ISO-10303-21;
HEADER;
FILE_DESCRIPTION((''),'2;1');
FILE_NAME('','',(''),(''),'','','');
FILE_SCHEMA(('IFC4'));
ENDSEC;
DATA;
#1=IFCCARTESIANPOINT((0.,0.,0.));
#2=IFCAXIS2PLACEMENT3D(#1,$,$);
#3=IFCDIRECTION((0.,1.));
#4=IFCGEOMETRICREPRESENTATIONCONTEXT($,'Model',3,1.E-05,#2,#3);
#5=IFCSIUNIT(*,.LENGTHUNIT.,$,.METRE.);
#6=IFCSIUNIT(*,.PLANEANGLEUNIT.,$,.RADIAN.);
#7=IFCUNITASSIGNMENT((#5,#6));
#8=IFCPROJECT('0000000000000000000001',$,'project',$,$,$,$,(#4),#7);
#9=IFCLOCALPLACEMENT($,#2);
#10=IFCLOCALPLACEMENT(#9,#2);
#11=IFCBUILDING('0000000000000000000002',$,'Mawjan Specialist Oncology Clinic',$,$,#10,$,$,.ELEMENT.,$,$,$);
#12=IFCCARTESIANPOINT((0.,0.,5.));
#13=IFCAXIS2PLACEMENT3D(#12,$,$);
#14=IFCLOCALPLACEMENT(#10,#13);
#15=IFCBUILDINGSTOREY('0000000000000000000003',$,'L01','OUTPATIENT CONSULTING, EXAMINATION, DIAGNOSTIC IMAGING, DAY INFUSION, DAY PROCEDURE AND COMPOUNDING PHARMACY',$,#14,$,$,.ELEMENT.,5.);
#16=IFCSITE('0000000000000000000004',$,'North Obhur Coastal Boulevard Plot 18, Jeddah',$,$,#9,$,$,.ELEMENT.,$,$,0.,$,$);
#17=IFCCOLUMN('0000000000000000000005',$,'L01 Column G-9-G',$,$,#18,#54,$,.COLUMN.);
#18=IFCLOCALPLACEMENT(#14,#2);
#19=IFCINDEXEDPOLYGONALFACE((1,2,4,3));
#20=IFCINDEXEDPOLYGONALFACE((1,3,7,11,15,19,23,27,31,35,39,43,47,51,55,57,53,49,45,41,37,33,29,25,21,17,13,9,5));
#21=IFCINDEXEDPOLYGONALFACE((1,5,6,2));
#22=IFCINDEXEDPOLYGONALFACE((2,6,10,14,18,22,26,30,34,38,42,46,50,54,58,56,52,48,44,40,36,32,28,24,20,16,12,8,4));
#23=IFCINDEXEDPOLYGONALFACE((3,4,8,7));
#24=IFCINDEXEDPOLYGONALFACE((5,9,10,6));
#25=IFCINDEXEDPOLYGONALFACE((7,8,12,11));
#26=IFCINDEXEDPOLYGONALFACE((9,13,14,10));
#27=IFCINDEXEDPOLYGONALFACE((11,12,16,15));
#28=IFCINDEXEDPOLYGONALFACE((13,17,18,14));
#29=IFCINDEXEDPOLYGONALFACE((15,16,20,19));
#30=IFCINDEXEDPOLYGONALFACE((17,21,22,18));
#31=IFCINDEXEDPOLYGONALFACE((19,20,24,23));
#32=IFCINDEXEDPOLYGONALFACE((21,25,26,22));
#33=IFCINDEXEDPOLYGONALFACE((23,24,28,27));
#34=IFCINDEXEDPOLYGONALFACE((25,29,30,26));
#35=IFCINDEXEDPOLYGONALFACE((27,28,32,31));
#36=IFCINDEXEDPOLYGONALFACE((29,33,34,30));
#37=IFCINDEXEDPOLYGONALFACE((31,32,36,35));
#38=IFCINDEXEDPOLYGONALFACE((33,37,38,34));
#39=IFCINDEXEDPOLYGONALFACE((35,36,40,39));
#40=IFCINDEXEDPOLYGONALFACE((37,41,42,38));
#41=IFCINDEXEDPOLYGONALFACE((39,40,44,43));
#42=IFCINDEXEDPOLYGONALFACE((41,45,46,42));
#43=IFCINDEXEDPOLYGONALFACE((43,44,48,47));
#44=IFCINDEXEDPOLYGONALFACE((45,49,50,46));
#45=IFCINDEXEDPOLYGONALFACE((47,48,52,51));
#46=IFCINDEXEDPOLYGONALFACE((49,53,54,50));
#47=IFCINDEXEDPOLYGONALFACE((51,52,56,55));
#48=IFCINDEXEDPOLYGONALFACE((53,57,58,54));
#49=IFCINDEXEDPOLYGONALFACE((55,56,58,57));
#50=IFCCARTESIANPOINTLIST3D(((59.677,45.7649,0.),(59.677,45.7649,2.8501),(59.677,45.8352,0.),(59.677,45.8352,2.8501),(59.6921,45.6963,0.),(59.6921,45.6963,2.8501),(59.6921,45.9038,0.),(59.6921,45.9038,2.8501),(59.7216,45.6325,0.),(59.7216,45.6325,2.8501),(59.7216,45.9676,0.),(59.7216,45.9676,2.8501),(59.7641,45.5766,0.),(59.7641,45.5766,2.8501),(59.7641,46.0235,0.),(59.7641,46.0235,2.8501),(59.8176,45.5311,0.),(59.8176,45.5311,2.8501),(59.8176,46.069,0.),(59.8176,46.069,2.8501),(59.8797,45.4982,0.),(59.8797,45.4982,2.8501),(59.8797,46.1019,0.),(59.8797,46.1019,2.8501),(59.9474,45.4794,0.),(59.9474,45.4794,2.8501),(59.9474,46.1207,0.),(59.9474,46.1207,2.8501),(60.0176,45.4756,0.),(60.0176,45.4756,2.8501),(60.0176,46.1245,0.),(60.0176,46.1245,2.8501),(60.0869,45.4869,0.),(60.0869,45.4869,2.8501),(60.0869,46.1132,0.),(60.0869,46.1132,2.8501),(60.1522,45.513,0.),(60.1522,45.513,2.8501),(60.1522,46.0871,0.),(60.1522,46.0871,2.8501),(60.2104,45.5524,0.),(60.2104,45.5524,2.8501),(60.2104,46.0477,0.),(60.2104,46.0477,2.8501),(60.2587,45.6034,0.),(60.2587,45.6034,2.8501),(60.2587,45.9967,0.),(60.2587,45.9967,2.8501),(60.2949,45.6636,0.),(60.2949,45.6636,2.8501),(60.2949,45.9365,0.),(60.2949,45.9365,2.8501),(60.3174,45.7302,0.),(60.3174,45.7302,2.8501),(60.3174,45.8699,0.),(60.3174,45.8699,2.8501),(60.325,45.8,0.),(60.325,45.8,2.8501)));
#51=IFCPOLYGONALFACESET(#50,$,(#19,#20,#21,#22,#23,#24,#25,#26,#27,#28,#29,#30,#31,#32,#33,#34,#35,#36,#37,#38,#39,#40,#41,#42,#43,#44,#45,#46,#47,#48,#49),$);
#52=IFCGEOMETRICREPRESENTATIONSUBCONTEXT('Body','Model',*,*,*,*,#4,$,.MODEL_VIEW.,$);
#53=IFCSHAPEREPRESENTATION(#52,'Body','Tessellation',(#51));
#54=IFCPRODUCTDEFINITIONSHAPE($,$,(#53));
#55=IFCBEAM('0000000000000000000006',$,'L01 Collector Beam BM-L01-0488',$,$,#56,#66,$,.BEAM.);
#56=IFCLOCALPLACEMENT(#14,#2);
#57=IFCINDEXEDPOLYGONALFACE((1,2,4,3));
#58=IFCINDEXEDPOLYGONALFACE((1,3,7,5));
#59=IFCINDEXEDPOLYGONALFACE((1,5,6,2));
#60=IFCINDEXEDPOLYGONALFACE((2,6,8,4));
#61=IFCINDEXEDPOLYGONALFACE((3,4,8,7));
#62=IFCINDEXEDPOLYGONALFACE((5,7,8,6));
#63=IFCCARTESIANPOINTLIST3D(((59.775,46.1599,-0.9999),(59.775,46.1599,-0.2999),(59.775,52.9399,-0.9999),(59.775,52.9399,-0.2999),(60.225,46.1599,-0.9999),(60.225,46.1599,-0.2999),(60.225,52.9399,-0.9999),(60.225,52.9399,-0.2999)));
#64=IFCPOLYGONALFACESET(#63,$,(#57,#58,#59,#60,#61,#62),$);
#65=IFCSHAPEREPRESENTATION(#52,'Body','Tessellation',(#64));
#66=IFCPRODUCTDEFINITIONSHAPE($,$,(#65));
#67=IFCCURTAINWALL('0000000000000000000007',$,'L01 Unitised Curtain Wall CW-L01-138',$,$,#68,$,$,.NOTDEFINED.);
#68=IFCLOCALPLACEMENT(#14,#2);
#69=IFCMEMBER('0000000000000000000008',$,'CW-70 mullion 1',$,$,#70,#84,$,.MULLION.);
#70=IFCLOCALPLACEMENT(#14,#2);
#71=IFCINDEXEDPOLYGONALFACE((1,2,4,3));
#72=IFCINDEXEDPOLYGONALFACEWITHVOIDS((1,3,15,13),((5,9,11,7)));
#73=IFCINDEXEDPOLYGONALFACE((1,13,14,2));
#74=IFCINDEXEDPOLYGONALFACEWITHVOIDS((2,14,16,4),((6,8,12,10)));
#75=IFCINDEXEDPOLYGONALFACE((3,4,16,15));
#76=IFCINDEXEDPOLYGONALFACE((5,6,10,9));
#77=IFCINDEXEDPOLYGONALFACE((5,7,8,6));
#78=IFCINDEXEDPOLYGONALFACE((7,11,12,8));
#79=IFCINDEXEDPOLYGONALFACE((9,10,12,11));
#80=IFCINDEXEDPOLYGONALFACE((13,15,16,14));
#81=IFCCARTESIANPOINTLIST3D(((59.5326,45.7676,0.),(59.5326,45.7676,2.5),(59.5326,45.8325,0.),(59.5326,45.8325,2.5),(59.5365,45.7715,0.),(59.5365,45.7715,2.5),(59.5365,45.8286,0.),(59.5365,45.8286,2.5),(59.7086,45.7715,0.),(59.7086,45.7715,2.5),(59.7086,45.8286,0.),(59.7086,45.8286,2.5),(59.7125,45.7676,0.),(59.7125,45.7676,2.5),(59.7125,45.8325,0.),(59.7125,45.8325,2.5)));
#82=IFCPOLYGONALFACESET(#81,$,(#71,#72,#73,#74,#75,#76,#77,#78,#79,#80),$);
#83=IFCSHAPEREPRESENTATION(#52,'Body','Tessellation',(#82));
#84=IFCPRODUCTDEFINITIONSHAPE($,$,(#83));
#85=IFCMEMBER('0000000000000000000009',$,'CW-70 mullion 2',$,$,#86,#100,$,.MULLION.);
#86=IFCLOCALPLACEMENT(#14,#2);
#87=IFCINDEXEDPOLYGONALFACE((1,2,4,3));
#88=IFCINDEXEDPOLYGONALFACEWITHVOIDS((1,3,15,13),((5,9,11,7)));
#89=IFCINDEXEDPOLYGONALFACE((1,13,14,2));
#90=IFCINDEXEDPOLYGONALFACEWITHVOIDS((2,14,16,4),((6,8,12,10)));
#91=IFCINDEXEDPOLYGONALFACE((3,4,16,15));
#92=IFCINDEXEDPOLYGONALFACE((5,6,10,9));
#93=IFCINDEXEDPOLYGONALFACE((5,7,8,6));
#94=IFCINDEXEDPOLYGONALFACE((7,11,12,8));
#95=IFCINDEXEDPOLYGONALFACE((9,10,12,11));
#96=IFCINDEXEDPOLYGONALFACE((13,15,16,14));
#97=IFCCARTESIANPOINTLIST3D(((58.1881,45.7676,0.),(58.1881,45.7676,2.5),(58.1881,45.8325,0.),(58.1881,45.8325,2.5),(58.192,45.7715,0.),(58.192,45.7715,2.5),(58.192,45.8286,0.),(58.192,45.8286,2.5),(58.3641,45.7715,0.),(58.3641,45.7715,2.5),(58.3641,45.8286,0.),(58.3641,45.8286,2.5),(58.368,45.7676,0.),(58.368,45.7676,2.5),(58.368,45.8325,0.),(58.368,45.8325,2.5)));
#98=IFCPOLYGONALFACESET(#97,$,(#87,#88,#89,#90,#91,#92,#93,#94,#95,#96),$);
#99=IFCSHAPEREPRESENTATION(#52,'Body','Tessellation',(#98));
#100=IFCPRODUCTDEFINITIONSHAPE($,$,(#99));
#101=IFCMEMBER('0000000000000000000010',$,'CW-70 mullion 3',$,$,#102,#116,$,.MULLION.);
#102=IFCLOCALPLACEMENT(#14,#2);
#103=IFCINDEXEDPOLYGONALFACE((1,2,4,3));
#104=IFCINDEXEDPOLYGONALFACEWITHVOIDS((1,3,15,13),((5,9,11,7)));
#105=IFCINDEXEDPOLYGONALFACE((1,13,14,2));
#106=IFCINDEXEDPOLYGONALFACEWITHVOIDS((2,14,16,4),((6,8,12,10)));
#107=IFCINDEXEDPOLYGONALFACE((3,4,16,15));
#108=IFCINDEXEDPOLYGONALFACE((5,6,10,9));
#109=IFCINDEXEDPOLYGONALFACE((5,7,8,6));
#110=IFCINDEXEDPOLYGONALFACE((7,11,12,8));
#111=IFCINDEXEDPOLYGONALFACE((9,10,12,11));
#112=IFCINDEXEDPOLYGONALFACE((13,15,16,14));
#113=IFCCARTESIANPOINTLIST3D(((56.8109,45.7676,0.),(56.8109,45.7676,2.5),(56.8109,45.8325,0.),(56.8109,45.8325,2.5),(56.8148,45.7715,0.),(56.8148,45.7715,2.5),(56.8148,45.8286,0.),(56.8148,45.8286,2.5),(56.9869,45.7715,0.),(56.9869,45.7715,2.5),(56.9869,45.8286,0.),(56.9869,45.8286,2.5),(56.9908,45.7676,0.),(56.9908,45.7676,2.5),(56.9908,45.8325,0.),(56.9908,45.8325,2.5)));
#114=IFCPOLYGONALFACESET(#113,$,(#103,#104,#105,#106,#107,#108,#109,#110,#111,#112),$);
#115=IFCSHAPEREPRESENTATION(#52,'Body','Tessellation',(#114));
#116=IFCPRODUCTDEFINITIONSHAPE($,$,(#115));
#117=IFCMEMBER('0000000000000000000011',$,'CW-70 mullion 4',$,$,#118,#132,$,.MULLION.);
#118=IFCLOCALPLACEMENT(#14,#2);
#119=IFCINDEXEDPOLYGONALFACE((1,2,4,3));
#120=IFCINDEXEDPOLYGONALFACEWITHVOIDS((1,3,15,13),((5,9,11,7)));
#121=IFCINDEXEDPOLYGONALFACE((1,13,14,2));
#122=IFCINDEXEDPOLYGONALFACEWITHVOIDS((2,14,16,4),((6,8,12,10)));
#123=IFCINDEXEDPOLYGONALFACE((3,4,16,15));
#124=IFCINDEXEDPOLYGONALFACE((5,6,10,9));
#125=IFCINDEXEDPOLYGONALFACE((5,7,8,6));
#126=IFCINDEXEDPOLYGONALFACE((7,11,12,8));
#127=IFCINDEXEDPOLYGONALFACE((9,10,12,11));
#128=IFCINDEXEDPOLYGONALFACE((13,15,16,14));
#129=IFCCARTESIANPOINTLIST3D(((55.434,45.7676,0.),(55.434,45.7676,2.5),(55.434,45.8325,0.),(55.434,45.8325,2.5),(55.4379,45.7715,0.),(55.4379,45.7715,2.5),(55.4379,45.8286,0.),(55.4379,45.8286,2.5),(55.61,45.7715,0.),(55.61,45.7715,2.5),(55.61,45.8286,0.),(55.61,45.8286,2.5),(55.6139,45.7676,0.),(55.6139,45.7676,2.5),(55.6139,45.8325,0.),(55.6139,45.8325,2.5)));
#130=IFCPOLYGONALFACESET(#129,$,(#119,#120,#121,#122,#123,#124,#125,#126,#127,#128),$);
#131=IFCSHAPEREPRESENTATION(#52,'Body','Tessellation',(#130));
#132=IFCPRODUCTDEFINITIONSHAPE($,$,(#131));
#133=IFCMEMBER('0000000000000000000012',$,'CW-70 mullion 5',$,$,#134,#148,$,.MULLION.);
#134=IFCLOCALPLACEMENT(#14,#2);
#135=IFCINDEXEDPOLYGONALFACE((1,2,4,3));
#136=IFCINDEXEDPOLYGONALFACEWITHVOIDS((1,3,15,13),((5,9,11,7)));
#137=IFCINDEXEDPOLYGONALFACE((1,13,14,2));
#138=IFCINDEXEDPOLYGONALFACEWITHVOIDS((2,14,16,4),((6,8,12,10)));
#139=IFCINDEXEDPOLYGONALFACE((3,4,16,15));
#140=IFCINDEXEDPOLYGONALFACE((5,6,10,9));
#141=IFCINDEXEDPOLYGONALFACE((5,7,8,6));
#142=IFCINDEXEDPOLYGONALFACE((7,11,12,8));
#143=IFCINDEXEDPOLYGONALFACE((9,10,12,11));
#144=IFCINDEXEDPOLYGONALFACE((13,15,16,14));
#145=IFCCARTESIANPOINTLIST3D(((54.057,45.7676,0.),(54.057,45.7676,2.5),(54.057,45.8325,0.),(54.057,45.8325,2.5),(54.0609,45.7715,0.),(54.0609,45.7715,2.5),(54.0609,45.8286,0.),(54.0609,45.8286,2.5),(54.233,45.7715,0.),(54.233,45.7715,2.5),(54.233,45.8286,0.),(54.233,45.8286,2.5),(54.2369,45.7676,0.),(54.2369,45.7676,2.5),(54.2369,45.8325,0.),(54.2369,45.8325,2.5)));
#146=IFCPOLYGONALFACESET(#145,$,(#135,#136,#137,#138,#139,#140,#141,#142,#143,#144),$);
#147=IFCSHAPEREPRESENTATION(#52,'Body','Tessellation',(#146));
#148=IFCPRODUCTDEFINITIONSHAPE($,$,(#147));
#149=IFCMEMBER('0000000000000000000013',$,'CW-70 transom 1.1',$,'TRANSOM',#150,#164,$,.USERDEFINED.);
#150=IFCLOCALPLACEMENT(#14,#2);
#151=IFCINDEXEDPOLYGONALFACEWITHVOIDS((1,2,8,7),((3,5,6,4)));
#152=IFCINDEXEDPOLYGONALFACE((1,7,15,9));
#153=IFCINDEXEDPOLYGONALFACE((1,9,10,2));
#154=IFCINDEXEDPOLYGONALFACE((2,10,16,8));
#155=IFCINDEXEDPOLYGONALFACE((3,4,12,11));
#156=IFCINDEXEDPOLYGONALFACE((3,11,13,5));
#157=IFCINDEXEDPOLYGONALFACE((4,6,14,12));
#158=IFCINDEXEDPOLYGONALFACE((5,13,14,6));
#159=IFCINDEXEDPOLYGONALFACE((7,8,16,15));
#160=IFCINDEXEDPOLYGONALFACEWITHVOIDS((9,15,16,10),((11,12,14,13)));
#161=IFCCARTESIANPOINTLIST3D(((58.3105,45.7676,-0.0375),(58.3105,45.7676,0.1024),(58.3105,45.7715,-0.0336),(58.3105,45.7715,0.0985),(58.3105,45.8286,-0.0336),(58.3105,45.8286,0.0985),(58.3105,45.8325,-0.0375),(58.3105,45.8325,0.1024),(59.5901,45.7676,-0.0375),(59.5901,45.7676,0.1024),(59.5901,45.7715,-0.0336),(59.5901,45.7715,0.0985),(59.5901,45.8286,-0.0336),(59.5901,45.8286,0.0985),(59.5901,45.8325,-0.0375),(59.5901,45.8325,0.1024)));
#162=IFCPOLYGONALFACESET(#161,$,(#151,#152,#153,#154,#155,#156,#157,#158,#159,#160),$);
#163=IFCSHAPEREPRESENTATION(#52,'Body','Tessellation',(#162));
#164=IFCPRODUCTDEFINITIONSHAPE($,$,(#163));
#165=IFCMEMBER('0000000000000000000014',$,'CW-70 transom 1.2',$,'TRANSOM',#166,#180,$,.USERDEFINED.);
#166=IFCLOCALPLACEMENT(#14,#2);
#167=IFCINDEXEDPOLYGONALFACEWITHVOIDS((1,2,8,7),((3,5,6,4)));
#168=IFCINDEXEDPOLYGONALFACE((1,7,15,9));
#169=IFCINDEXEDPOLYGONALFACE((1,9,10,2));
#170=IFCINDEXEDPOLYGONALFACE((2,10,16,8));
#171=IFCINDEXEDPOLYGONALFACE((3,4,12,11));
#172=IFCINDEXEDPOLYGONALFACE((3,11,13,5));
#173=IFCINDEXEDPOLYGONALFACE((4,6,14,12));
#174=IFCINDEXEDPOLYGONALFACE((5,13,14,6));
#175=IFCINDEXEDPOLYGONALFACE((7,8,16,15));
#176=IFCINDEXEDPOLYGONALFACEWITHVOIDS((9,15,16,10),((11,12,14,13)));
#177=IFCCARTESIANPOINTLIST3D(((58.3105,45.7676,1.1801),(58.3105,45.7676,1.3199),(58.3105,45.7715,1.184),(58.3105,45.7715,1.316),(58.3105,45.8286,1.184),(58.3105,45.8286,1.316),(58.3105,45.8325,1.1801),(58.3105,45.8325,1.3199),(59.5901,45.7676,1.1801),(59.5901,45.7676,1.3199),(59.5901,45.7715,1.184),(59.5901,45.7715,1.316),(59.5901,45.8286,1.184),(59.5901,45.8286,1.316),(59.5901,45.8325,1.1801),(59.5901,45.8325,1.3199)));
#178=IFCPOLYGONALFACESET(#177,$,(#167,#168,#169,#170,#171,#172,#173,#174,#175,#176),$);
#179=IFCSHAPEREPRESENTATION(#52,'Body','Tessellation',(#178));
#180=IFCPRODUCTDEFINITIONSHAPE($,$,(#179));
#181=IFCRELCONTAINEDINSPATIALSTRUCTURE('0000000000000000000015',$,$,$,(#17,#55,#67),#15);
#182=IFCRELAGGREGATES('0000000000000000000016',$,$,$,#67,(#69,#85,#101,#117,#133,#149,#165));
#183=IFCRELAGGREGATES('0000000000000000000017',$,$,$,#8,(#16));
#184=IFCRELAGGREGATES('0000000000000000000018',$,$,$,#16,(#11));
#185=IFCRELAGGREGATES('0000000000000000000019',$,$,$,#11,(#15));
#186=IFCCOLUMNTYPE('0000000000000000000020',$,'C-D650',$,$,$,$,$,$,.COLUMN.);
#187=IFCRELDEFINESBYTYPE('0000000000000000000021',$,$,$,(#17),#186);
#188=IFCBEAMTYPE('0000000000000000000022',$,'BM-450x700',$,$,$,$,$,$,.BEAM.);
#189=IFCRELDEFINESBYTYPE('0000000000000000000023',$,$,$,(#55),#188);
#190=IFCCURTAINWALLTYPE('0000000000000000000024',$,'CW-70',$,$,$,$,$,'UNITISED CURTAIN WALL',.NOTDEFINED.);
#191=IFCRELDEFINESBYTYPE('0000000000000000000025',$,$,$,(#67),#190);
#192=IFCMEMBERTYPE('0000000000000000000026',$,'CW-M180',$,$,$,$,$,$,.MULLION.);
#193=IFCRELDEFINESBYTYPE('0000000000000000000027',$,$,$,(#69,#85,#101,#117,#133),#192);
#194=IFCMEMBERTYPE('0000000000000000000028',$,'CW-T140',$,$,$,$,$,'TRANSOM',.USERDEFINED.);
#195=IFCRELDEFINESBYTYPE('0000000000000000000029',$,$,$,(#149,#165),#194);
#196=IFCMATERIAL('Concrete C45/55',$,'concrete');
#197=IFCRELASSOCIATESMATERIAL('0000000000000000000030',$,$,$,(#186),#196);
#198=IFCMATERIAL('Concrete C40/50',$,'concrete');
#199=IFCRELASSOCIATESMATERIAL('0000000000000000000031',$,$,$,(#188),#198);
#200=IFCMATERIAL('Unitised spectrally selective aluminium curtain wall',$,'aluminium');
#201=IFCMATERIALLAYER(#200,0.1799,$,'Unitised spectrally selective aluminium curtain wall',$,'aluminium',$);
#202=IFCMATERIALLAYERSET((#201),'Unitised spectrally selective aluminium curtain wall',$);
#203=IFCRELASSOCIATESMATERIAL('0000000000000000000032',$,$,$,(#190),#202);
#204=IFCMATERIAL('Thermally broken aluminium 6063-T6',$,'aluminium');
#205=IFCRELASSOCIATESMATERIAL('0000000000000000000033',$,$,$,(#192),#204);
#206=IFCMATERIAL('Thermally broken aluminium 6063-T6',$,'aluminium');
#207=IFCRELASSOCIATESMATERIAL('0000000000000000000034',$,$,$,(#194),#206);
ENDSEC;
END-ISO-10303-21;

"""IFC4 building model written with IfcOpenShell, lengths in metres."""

from ifc_helpers import new_model, si_unit, direction, frame, origin, origin_2d, place, context, subcontext, project, spatial, rectangle, hollow_rectangle, circle, extrude, material, layer, layer_set, material_profile, profile_set, type_object, element, aggregate, save


model = new_model("IFC4")

# Units and contexts
model_context = context("Model", 3, precision=1e-05, world=origin(), true_north=direction((0.0, 1.0)))
body_context = subcontext(model_context, "Body", "Model", "MODEL_VIEW")
ifc_project = project(units=[si_unit("LENGTHUNIT", "METRE"), si_unit("PLANEANGLEUNIT", "RADIAN")], contexts=[model_context])

# Site, building, storey
site_placement = place(None, origin())
site = spatial("IfcSite", under=ifc_project, at=site_placement, Name="North Obhur Coastal Boulevard Plot 18, Jeddah", CompositionType="ELEMENT", RefElevation=0.0)
building_placement = place(site_placement, origin())
building = spatial("IfcBuilding", under=site, at=building_placement, Name="Mawjan Specialist Oncology Clinic", CompositionType="ELEMENT")
storey_placement = place(building_placement, frame((0.0, 0.0, 5.0)))
storey = spatial("IfcBuildingStorey", under=building, at=storey_placement, Name="L01", Description="OUTPATIENT CONSULTING, EXAMINATION, DIAGNOSTIC IMAGING, DAY INFUSION, DAY PROCEDURE AND COMPOUNDING PHARMACY", CompositionType="ELEMENT", Elevation=5.0)

# Column
ifc_material_1 = material(Name="Concrete C45/55", Category="concrete")
ifc_material_profile_1 = material_profile(ifc_material_1, circle(Radius=0.325, at=origin_2d()), Name="RC COL D650", Category="concrete")
ifc_profile_set_1 = profile_set([ifc_material_profile_1], Name="Concrete C45/55")
column_type = type_object("IfcColumnType", Name="C-D650", PredefinedType="COLUMN", material=ifc_profile_set_1)
column_placement = place(storey_placement, frame((60.0, 45.8, 0.0), z_axis=(0.0, 0.0, 1.0), x_axis=(1.0, 0.0, 0.0)))
element("IfcColumn", 1, at=column_placement, inside=storey, type_object=column_type, Name="L01 Column G-9-G", PredefinedType="COLUMN", context=body_context, shape_type="SweptSolid", body=[
    extrude(circle(Radius=0.325, at=origin_2d()), origin(), (0.0, 0.0, 1.0), 2.8501),
])

# Beam
ifc_material_2 = material(Name="Concrete C40/50", Category="concrete")
ifc_material_profile_2 = material_profile(ifc_material_2, rectangle(XDim=0.45, YDim=0.7, at=origin_2d()), Name="RC BM 450x700", Category="concrete")
ifc_profile_set_2 = profile_set([ifc_material_profile_2], Name="Concrete C40/50")
beam_type_1 = type_object("IfcBeamType", Name="BM-450x700", PredefinedType="BEAM", material=ifc_profile_set_2)
beam_1_placement = place(storey_placement, frame((60.0, 46.1599, -0.6499), z_axis=(0.0, 1.0, 0.0), x_axis=(-1.0, 0.0, 0.0)))
element("IfcBeam", 2, at=beam_1_placement, inside=storey, type_object=beam_type_1, Name="L01 Collector Beam BM-L01-0488", PredefinedType="BEAM", context=body_context, shape_type="SweptSolid", body=[
    extrude(rectangle(XDim=0.45, YDim=0.7, at=origin_2d()), origin(), (0.0, 0.0, 1.0), 6.78),
])

# Curtain wall, members
ifc_material_3 = material(Name="Unitised spectrally selective aluminium curtain wall", Category="aluminium")
ifc_layer_1 = layer(ifc_material_3, 0.1799, Name="Unitised spectrally selective aluminium curtain wall", Category="aluminium")
ifc_layer_set_1 = layer_set([ifc_layer_1], Name="Unitised spectrally selective aluminium curtain wall")
curtain_wall_type = type_object("IfcCurtainWallType", Name="CW-70", ElementType="UNITISED CURTAIN WALL", PredefinedType="NOTDEFINED", material=ifc_layer_set_1)
curtain_wall_placement = place(storey_placement, origin())
curtain_wall = element("IfcCurtainWall", 3, at=curtain_wall_placement, inside=storey, type_object=curtain_wall_type, Name="L01 Unitised Curtain Wall CW-L01-138", PredefinedType="NOTDEFINED")
ifc_material_4 = material(Name="Thermally broken aluminium 6063-T6", Category="aluminium")
ifc_material_profile_3 = material_profile(ifc_material_4, hollow_rectangle(XDim=0.0649, YDim=0.1799, WallThickness=0.0039, at=origin_2d()), Name="ALU MULLION 180x65x4", Category="aluminium")
ifc_profile_set_3 = profile_set([ifc_material_profile_3], Name="Thermally broken aluminium 6063-T6")
member_type_1 = type_object("IfcMemberType", Name="CW-M180", PredefinedType="MULLION", material=ifc_profile_set_3)
member_1_placement = place(storey_placement, frame((59.6226, 45.8, 0.0), z_axis=(0.0, 0.0, 1.0), x_axis=(0.0, -1.0, 0.0)))
member_1 = element("IfcMember", 4, at=member_1_placement, type_object=member_type_1, Name="CW-70 mullion 1", PredefinedType="MULLION", context=body_context, shape_type="SweptSolid", body=[
    extrude(hollow_rectangle(XDim=0.0649, YDim=0.1799, WallThickness=0.0039, at=origin_2d()), origin(), (0.0, 0.0, 1.0), 2.5),
])
member_2_placement = place(storey_placement, frame((58.2781, 45.8, 0.0), z_axis=(0.0, 0.0, 1.0), x_axis=(0.0, -1.0, 0.0)))
member_2 = element("IfcMember", 5, at=member_2_placement, type_object=member_type_1, Name="CW-70 mullion 2", PredefinedType="MULLION", context=body_context, shape_type="SweptSolid", body=[
    extrude(hollow_rectangle(XDim=0.0649, YDim=0.1799, WallThickness=0.0039, at=origin_2d()), origin(), (0.0, 0.0, 1.0), 2.5),
])
member_3_placement = place(storey_placement, frame((56.9009, 45.8, 0.0), z_axis=(0.0, 0.0, 1.0), x_axis=(0.0, -1.0, 0.0)))
member_3 = element("IfcMember", 6, at=member_3_placement, type_object=member_type_1, Name="CW-70 mullion 3", PredefinedType="MULLION", context=body_context, shape_type="SweptSolid", body=[
    extrude(hollow_rectangle(XDim=0.0649, YDim=0.1799, WallThickness=0.0039, at=origin_2d()), origin(), (0.0, 0.0, 1.0), 2.5),
])
member_4_placement = place(storey_placement, frame((55.5239, 45.8, 0.0), z_axis=(0.0, 0.0, 1.0), x_axis=(0.0, -1.0, 0.0)))
member_4 = element("IfcMember", 7, at=member_4_placement, type_object=member_type_1, Name="CW-70 mullion 4", PredefinedType="MULLION", context=body_context, shape_type="SweptSolid", body=[
    extrude(hollow_rectangle(XDim=0.0649, YDim=0.1799, WallThickness=0.0039, at=origin_2d()), origin(), (0.0, 0.0, 1.0), 2.5),
])
member_5_placement = place(storey_placement, frame((54.147, 45.8, 0.0), z_axis=(0.0, 0.0, 1.0), x_axis=(0.0, -1.0, 0.0)))
member_5 = element("IfcMember", 8, at=member_5_placement, type_object=member_type_1, Name="CW-70 mullion 5", PredefinedType="MULLION", context=body_context, shape_type="SweptSolid", body=[
    extrude(hollow_rectangle(XDim=0.0649, YDim=0.1799, WallThickness=0.0039, at=origin_2d()), origin(), (0.0, 0.0, 1.0), 2.5),
])
ifc_material_5 = material(Name="Thermally broken aluminium 6063-T6", Category="aluminium")
ifc_material_profile_4 = material_profile(ifc_material_5, hollow_rectangle(XDim=0.0649, YDim=0.1399, WallThickness=0.0039, at=origin_2d()), Name="ALU TRANSOM 140x65x4", Category="aluminium")
ifc_profile_set_4 = profile_set([ifc_material_profile_4], Name="Thermally broken aluminium 6063-T6")
member_type_2 = type_object("IfcMemberType", Name="CW-T140", ElementType="TRANSOM", PredefinedType="USERDEFINED", material=ifc_profile_set_4)
member_6_placement = place(storey_placement, frame((59.5901, 45.8, 0.0325), z_axis=(-1.0, 0.0, 0.0), x_axis=(0.0, -1.0, 0.0)))
member_6 = element("IfcMember", 9, at=member_6_placement, type_object=member_type_2, Name="CW-70 transom 1.1", ObjectType="TRANSOM", PredefinedType="USERDEFINED", context=body_context, shape_type="SweptSolid", body=[
    extrude(hollow_rectangle(XDim=0.0649, YDim=0.1399, WallThickness=0.0039, at=origin_2d()), origin(), (0.0, 0.0, 1.0), 1.2795),
])
member_7_placement = place(storey_placement, frame((59.5901, 45.8, 1.25), z_axis=(-1.0, 0.0, 0.0), x_axis=(0.0, -1.0, 0.0)))
member_7 = element("IfcMember", 10, at=member_7_placement, type_object=member_type_2, Name="CW-70 transom 1.2", ObjectType="TRANSOM", PredefinedType="USERDEFINED", context=body_context, shape_type="SweptSolid", body=[
    extrude(hollow_rectangle(XDim=0.0649, YDim=0.1399, WallThickness=0.0039, at=origin_2d()), origin(), (0.0, 0.0, 1.0), 1.2795),
])

aggregate(curtain_wall, [member_1, member_2, member_3, member_4, member_5, member_6, member_7])

save(model, "model.ifc")
